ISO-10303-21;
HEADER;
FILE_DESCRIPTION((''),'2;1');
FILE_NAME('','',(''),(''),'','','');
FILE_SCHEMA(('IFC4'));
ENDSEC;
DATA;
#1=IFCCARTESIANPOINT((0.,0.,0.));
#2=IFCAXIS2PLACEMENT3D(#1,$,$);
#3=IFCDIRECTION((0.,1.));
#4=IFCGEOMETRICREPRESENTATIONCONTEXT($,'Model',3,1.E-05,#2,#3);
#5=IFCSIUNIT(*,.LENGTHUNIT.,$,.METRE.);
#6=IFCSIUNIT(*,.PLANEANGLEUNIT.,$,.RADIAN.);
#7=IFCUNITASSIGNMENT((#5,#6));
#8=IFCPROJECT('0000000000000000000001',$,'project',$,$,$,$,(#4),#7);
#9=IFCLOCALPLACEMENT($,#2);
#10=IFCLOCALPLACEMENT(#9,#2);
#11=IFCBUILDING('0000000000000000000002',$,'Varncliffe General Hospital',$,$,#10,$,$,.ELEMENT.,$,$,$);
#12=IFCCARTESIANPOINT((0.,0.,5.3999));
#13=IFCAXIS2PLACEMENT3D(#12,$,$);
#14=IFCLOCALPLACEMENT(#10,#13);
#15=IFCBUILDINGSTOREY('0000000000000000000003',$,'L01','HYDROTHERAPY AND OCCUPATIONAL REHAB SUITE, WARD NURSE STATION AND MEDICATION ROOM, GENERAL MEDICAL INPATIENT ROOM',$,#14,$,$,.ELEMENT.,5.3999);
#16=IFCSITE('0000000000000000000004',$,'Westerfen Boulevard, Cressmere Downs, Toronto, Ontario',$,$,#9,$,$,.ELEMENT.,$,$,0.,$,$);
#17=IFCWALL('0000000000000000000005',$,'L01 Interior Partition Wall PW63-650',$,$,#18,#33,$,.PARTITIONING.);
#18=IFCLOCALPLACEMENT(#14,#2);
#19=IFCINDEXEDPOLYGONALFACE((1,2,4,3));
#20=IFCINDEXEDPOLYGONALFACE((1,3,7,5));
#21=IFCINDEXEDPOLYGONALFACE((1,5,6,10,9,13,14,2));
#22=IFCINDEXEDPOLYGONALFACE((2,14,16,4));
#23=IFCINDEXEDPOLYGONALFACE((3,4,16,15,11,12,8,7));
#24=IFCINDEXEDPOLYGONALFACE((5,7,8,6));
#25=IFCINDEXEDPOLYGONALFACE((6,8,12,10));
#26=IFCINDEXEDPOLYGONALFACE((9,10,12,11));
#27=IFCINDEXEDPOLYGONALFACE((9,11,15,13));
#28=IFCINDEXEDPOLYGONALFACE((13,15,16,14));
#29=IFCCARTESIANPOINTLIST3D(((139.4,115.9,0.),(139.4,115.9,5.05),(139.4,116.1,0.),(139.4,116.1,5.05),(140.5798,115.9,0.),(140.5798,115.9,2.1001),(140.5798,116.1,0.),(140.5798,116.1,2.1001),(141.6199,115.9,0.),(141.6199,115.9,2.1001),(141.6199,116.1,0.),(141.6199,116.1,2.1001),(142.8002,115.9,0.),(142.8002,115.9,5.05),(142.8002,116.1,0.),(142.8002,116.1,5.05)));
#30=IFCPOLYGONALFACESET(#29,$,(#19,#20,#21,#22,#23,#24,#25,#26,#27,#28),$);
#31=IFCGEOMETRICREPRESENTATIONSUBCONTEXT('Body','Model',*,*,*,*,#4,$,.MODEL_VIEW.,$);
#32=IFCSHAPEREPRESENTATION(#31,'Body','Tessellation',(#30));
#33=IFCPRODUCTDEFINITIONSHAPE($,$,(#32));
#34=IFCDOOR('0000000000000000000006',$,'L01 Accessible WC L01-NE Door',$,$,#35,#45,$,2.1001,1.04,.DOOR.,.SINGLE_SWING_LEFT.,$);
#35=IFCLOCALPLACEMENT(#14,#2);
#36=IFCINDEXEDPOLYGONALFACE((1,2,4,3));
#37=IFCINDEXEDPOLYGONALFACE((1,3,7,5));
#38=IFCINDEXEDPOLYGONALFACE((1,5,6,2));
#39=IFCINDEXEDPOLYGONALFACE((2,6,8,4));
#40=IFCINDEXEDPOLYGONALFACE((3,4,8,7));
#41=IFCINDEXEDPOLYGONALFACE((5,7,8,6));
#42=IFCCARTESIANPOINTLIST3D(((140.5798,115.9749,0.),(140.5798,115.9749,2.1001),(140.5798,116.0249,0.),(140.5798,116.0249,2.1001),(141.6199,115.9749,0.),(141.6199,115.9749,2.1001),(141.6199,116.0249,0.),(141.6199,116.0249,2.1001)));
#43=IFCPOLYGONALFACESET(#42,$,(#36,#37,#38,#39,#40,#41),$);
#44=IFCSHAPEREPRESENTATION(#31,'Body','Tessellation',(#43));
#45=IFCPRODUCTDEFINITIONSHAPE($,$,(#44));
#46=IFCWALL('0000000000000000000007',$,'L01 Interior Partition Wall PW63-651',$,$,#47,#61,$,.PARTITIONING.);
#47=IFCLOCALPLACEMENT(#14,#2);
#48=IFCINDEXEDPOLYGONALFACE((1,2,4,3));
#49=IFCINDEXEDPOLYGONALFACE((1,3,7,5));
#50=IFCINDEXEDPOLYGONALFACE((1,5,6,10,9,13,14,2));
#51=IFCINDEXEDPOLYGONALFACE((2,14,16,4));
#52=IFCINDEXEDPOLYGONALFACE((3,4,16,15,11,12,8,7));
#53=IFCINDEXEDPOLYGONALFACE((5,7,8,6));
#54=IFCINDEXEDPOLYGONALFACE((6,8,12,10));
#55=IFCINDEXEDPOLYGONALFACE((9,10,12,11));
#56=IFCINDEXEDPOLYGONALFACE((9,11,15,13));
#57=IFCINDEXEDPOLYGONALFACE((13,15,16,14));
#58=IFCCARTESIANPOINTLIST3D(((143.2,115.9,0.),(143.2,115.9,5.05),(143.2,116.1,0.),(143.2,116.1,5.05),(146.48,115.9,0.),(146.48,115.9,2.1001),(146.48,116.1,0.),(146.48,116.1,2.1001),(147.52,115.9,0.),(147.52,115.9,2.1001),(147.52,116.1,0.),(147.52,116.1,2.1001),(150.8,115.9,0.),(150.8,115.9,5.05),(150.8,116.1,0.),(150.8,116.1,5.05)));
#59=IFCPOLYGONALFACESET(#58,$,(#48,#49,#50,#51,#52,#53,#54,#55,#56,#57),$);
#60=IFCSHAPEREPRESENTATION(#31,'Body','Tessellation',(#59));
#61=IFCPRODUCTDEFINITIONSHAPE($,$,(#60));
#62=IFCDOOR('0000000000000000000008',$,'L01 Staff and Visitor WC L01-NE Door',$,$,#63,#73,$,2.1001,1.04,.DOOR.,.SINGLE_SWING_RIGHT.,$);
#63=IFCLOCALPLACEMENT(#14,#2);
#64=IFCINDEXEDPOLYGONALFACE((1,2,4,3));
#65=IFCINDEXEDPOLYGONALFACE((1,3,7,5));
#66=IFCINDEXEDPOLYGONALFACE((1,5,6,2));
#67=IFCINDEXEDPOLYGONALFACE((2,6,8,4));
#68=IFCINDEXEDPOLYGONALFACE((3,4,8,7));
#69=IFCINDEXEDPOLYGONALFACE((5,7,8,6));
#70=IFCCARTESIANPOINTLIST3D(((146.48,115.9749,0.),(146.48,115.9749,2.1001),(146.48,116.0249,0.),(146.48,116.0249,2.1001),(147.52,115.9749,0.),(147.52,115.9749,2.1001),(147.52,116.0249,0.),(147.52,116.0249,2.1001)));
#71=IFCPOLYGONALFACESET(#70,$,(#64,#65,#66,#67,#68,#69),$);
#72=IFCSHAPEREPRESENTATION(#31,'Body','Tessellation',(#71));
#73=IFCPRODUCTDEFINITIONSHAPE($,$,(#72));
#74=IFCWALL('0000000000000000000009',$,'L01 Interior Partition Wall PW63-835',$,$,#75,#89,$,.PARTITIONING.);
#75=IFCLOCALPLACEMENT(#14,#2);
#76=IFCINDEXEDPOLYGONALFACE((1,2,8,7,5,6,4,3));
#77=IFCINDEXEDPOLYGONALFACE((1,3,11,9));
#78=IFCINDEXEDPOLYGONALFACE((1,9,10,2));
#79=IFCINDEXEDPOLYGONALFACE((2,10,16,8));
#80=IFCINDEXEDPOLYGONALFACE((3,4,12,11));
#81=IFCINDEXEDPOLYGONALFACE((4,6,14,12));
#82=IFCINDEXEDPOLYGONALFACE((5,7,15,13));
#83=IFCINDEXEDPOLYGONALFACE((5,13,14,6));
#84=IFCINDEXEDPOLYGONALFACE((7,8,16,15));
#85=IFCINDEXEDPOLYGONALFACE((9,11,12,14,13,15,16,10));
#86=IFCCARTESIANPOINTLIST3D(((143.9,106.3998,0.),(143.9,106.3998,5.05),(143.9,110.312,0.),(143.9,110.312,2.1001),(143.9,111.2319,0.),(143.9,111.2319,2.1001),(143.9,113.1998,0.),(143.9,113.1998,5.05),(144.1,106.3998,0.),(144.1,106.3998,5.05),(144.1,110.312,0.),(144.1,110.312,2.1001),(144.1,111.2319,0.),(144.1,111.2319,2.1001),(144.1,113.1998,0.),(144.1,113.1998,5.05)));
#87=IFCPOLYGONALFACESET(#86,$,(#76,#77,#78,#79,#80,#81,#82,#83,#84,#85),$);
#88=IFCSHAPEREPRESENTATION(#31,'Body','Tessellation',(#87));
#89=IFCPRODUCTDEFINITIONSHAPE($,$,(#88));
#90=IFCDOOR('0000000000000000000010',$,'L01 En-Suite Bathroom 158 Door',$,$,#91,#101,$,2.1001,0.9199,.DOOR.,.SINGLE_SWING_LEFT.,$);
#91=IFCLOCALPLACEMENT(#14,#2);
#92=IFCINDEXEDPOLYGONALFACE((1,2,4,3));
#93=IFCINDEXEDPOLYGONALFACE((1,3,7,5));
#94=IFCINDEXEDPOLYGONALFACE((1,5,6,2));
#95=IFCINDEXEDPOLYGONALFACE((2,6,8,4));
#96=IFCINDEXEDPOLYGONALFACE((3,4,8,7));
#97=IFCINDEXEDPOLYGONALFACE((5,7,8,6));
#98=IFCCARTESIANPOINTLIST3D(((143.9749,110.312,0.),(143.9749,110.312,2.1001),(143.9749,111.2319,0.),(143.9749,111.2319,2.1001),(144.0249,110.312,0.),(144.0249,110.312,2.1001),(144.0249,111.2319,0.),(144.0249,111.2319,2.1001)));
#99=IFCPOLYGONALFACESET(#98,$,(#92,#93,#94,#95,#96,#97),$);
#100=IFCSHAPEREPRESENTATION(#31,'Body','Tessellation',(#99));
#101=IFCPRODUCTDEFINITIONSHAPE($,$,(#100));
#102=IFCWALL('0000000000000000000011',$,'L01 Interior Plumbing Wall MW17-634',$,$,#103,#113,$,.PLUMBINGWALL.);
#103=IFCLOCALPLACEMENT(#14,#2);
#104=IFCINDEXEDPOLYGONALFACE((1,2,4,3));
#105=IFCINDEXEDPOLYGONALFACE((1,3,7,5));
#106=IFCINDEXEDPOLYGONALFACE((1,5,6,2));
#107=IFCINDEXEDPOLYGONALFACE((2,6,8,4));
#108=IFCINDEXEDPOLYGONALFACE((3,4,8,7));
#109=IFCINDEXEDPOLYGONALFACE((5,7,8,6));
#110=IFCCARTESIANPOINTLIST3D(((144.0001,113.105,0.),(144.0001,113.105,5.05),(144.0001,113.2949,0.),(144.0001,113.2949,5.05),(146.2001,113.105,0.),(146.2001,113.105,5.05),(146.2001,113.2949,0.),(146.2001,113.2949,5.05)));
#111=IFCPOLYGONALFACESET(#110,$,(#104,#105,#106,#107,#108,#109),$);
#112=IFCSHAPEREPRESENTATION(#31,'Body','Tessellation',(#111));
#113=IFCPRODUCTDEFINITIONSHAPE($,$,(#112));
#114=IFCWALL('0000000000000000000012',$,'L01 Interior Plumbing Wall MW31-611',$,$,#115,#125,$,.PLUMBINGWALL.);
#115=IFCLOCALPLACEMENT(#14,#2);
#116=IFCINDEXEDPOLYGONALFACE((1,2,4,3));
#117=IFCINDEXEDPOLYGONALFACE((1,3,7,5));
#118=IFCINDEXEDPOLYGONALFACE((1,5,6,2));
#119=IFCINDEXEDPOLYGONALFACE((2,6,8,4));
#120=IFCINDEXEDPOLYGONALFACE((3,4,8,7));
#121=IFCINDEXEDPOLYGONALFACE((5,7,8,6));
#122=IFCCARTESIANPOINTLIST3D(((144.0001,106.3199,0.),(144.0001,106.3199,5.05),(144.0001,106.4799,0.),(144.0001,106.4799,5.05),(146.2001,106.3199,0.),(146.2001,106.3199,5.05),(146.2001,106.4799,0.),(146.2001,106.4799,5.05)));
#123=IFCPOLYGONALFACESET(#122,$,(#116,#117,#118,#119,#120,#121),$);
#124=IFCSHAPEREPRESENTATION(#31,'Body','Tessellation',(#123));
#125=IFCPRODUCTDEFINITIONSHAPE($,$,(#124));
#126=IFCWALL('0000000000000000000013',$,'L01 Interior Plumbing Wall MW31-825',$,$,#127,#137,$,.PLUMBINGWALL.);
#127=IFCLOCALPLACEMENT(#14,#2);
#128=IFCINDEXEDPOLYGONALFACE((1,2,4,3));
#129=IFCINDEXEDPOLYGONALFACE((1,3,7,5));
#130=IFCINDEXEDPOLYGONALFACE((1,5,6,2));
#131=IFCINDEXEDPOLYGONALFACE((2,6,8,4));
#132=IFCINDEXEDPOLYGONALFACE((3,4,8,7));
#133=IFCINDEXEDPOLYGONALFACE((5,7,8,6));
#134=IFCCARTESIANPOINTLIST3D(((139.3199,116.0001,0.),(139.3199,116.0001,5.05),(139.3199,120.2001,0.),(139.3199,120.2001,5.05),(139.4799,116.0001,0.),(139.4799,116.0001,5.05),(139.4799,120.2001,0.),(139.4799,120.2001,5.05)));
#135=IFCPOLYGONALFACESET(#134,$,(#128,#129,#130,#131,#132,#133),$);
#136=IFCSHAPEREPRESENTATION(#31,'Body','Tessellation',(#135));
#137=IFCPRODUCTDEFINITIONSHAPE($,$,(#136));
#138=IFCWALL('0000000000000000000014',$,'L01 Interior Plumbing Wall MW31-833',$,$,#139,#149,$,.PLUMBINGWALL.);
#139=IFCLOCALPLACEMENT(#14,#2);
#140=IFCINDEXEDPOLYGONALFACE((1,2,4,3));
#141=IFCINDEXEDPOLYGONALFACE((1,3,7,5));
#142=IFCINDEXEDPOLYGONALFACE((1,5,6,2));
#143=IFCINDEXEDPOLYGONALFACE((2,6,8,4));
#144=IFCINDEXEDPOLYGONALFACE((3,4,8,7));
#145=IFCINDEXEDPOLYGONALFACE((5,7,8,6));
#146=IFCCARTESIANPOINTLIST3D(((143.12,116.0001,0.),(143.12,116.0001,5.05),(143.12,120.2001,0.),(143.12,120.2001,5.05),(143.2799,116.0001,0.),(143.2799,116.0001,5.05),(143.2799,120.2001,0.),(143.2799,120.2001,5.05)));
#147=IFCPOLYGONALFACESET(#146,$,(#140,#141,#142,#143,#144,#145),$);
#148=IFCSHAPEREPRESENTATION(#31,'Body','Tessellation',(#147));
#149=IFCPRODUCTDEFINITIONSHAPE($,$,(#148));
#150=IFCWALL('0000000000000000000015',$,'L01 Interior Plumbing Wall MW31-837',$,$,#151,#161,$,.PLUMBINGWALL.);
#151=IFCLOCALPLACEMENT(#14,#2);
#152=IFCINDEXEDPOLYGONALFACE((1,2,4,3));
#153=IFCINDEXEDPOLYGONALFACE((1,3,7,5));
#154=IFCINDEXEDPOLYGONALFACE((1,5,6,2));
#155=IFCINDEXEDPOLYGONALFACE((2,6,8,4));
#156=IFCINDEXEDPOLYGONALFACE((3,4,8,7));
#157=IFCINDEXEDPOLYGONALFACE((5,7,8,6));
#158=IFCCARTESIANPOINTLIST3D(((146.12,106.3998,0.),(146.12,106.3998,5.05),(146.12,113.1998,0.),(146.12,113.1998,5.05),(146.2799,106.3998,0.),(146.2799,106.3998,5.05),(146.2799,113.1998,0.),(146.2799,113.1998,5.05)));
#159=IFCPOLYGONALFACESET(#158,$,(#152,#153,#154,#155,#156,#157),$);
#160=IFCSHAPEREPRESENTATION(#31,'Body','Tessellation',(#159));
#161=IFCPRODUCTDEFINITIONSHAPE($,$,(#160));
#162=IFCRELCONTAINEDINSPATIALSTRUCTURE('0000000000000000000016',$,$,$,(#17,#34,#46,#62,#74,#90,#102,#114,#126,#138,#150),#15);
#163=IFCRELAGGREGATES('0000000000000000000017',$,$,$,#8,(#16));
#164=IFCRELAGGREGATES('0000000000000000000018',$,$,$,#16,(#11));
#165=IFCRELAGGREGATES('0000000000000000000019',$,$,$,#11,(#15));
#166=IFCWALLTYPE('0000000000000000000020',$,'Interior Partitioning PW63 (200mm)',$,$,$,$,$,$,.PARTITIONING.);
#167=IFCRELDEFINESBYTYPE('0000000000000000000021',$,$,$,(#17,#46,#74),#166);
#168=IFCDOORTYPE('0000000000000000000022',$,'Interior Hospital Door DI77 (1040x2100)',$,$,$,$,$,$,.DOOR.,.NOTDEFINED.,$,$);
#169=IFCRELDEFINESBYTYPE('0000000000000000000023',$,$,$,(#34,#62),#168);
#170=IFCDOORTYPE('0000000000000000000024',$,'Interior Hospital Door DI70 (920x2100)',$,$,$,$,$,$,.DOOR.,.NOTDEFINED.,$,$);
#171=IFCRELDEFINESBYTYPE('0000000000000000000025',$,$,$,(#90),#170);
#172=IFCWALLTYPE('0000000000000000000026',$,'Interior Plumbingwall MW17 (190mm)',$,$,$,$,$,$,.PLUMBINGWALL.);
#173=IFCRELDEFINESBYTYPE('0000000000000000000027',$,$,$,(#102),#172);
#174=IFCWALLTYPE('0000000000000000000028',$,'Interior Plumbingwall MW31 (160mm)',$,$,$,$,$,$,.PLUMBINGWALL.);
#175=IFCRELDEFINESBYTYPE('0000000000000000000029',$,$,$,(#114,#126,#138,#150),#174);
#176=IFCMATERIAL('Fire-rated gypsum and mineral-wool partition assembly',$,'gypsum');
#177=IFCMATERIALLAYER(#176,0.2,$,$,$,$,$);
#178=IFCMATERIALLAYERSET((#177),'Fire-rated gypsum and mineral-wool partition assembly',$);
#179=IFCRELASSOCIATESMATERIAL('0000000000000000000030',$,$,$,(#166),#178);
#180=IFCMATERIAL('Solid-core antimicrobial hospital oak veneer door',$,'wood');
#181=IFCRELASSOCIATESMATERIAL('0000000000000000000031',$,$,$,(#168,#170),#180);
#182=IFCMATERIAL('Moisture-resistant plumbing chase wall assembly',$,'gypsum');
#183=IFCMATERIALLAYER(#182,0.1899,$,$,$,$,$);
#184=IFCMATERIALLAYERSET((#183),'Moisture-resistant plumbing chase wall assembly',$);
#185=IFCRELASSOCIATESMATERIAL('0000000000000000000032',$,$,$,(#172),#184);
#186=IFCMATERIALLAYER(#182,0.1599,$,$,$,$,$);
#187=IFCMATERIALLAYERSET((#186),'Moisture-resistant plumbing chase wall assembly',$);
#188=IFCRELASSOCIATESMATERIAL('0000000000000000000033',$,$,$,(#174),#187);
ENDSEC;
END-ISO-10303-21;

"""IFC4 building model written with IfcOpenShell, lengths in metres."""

from ifc_helpers import new_model, si_unit, direction, frame, frame_2d, origin, place, context, subcontext, project, spatial, rectangle, extrude, material, layer, layer_set, type_object, element, fill, save


model = new_model("IFC4")

# Units and contexts
model_context = context("Model", 3, precision=1e-05, world=origin(), true_north=direction((0.0, 1.0)))
body_context = subcontext(model_context, "Body", "Model", "MODEL_VIEW")
ifc_project = project(units=[si_unit("LENGTHUNIT", "METRE"), si_unit("PLANEANGLEUNIT", "RADIAN")], contexts=[model_context])

# Site, building, storey
site_placement = place(None, origin())
site = spatial("IfcSite", under=ifc_project, at=site_placement, Name="Westerfen Boulevard, Cressmere Downs, Toronto, Ontario", CompositionType="ELEMENT", RefElevation=0.0)
building_placement = place(site_placement, origin())
building = spatial("IfcBuilding", under=site, at=building_placement, Name="Varncliffe General Hospital", CompositionType="ELEMENT")
storey_placement = place(building_placement, frame((0.0, 0.0, 5.3999)))
storey = spatial("IfcBuildingStorey", under=building, at=storey_placement, Name="L01", Description="HYDROTHERAPY AND OCCUPATIONAL REHAB SUITE, WARD NURSE STATION AND MEDICATION ROOM, GENERAL MEDICAL INPATIENT ROOM", CompositionType="ELEMENT", Elevation=5.3999)

# Walls, openings, doors
ifc_material_1 = material(Name="Fire-rated gypsum and mineral-wool partition assembly", Category="gypsum")
ifc_layer_1 = layer(ifc_material_1, 0.2)
ifc_layer_set_1 = layer_set([ifc_layer_1], Name="Fire-rated gypsum and mineral-wool partition assembly")
wall_type_1 = type_object("IfcWallType", Name="Interior Partitioning PW63 (200mm)", PredefinedType="PARTITIONING", material=ifc_layer_set_1)
wall_1_placement = place(storey_placement, frame((139.3999, 116.0, 0.0), z_axis=(0.0, 0.0, 1.0), x_axis=(1.0, 0.0, 0.0)))
wall_1 = element("IfcWall", 1, at=wall_1_placement, inside=storey, type_object=wall_type_1, Name="L01 Interior Partition Wall PW63-650", PredefinedType="PARTITIONING", context=body_context, shape_type="SweptSolid", body=[
    extrude(rectangle(XDim=3.4001, YDim=0.2, at=frame_2d((1.7002, 0.0))), origin(), (0.0, 0.0, 1.0), 5.05),
])
opening_1_placement = place(wall_1_placement, frame((1.1799, 0.0, 0.0)))
opening_1 = element("IfcOpeningElement", 2, at=opening_1_placement, cuts=wall_1, PredefinedType="OPENING", context=body_context, shape_type="SweptSolid", body=[
    extrude(rectangle(XDim=1.04, YDim=2.1001, at=frame_2d((0.52, 1.05))), frame((0.0, 0.1099, 0.0), z_axis=(0.0, -1.0, 0.0), x_axis=(1.0, 0.0, 0.0)), (0.0, 0.0, 1.0), 0.22),
])
ifc_material_2 = material(Name="Solid-core antimicrobial hospital oak veneer door", Category="wood")
door_type_1 = type_object("IfcDoorType", Name="Interior Hospital Door DI77 (1040x2100)", OperationType="NOTDEFINED", PredefinedType="DOOR", material=ifc_material_2)
door_1_placement = place(opening_1_placement, origin())
door_1 = element("IfcDoor", 3, at=door_1_placement, inside=storey, type_object=door_type_1, Name="L01 Accessible WC L01-NE Door", OperationType="SINGLE_SWING_LEFT", OverallHeight=2.1001, OverallWidth=1.04, PredefinedType="DOOR", context=body_context, shape_type="SweptSolid", body=[
    extrude(rectangle(XDim=1.04, YDim=2.1001, at=frame_2d((0.52, 1.05))), frame((0.0, 0.0249, 0.0), z_axis=(0.0, -1.0, 0.0), x_axis=(1.0, 0.0, 0.0)), (0.0, 0.0, 1.0), 0.05),
])
fill(opening_1, door_1)
wall_2_placement = place(storey_placement, frame((143.2, 116.0, 0.0), z_axis=(0.0, 0.0, 1.0), x_axis=(1.0, 0.0, 0.0)))
wall_2 = element("IfcWall", 4, at=wall_2_placement, inside=storey, type_object=wall_type_1, Name="L01 Interior Partition Wall PW63-651", PredefinedType="PARTITIONING", context=body_context, shape_type="SweptSolid", body=[
    extrude(rectangle(XDim=7.6001, YDim=0.2, at=frame_2d((3.8, 0.0))), origin(), (0.0, 0.0, 1.0), 5.05),
])
opening_2_placement = place(wall_2_placement, frame((3.28, 0.0, 0.0)))
opening_2 = element("IfcOpeningElement", 5, at=opening_2_placement, cuts=wall_2, PredefinedType="OPENING", context=body_context, shape_type="SweptSolid", body=[
    extrude(rectangle(XDim=1.04, YDim=2.1001, at=frame_2d((0.52, 1.05))), frame((0.0, 0.1099, 0.0), z_axis=(0.0, -1.0, 0.0), x_axis=(1.0, 0.0, 0.0)), (0.0, 0.0, 1.0), 0.22),
])
door_2_placement = place(opening_2_placement, origin())
door_2 = element("IfcDoor", 6, at=door_2_placement, inside=storey, type_object=door_type_1, Name="L01 Staff and Visitor WC L01-NE Door", OperationType="SINGLE_SWING_RIGHT", OverallHeight=2.1001, OverallWidth=1.04, PredefinedType="DOOR", context=body_context, shape_type="SweptSolid", body=[
    extrude(rectangle(XDim=1.04, YDim=2.1001, at=frame_2d((0.52, 1.05))), frame((0.0, 0.0249, 0.0), z_axis=(0.0, -1.0, 0.0), x_axis=(1.0, 0.0, 0.0)), (0.0, 0.0, 1.0), 0.05),
])
fill(opening_2, door_2)
wall_3_placement = place(storey_placement, frame((144.0, 106.3999, 0.0), z_axis=(0.0, 0.0, 1.0), x_axis=(0.0, 1.0, 0.0)))
wall_3 = element("IfcWall", 7, at=wall_3_placement, inside=storey, type_object=wall_type_1, Name="L01 Interior Partition Wall PW63-835", PredefinedType="PARTITIONING", context=body_context, shape_type="SweptSolid", body=[
    extrude(rectangle(XDim=6.8, YDim=0.2, at=frame_2d((3.3999, 0.0))), origin(), (0.0, 0.0, 1.0), 5.05),
])
opening_3_placement = place(wall_3_placement, frame((3.9121, 0.0, 0.0)))
opening_3 = element("IfcOpeningElement", 8, at=opening_3_placement, cuts=wall_3, PredefinedType="OPENING", context=body_context, shape_type="SweptSolid", body=[
    extrude(rectangle(XDim=0.9199, YDim=2.1001, at=frame_2d((0.46, 1.05))), frame((0.0, 0.1099, 0.0), z_axis=(0.0, -1.0, 0.0), x_axis=(1.0, 0.0, 0.0)), (0.0, 0.0, 1.0), 0.22),
])
door_type_2 = type_object("IfcDoorType", Name="Interior Hospital Door DI70 (920x2100)", OperationType="NOTDEFINED", PredefinedType="DOOR", material=ifc_material_2)
door_3_placement = place(opening_3_placement, frame((0.9199, 0.0, 0.0), z_axis=(0.0, 0.0, 1.0), x_axis=(-1.0, 0.0, 0.0)))
door_3 = element("IfcDoor", 9, at=door_3_placement, inside=storey, type_object=door_type_2, Name="L01 En-Suite Bathroom 158 Door", OperationType="SINGLE_SWING_LEFT", OverallHeight=2.1001, OverallWidth=0.9199, PredefinedType="DOOR", context=body_context, shape_type="SweptSolid", body=[
    extrude(rectangle(XDim=0.9199, YDim=2.1001, at=frame_2d((0.46, 1.05))), frame((0.0, 0.0249, 0.0), z_axis=(0.0, -1.0, 0.0), x_axis=(1.0, 0.0, 0.0)), (0.0, 0.0, 1.0), 0.05),
])
fill(opening_3, door_3)

# Walls
ifc_material_3 = material(Name="Moisture-resistant plumbing chase wall assembly", Category="gypsum")
ifc_layer_2 = layer(ifc_material_3, 0.1899)
ifc_layer_set_2 = layer_set([ifc_layer_2], Name="Moisture-resistant plumbing chase wall assembly")
wall_type_2 = type_object("IfcWallType", Name="Interior Plumbingwall MW17 (190mm)", PredefinedType="PLUMBINGWALL", material=ifc_layer_set_2)
wall_4_placement = place(storey_placement, frame((144.0, 113.2, 0.0), z_axis=(0.0, 0.0, 1.0), x_axis=(1.0, 0.0, 0.0)))
element("IfcWall", 10, at=wall_4_placement, inside=storey, type_object=wall_type_2, Name="L01 Interior Plumbing Wall MW17-634", PredefinedType="PLUMBINGWALL", context=body_context, shape_type="SweptSolid", body=[
    extrude(rectangle(XDim=2.2, YDim=0.1899, at=frame_2d((1.1001, 0.0))), origin(), (0.0, 0.0, 1.0), 5.05),
])
ifc_layer_3 = layer(ifc_material_3, 0.1599)
ifc_layer_set_3 = layer_set([ifc_layer_3], Name="Moisture-resistant plumbing chase wall assembly")
wall_type_3 = type_object("IfcWallType", Name="Interior Plumbingwall MW31 (160mm)", PredefinedType="PLUMBINGWALL", material=ifc_layer_set_3)
wall_5_placement = place(storey_placement, frame((144.0, 106.3999, 0.0), z_axis=(0.0, 0.0, 1.0), x_axis=(1.0, 0.0, 0.0)))
element("IfcWall", 11, at=wall_5_placement, inside=storey, type_object=wall_type_3, Name="L01 Interior Plumbing Wall MW31-611", PredefinedType="PLUMBINGWALL", context=body_context, shape_type="SweptSolid", body=[
    extrude(rectangle(XDim=2.2, YDim=0.1599, at=frame_2d((1.1001, 0.0))), origin(), (0.0, 0.0, 1.0), 5.05),
])
for number, where, z_axis, x_axis, name in (
    (12, (139.3999, 116.0, 0.0), (0.0, 0.0, 1.0), (0.0, 1.0, 0.0), "L01 Interior Plumbing Wall MW31-825"),
    (13, (143.2, 116.0, 0.0), (0.0, 0.0, 1.0), (0.0, 1.0, 0.0), "L01 Interior Plumbing Wall MW31-833"),
):
    element("IfcWall", number, at=place(storey_placement, frame(where, z_axis=z_axis, x_axis=x_axis)), inside=storey, type_object=wall_type_3, Name=name, PredefinedType="PLUMBINGWALL", context=body_context, shape_type="SweptSolid", body=[
        extrude(rectangle(XDim=4.2, YDim=0.1599, at=frame_2d((2.1001, 0.0))), origin(), (0.0, 0.0, 1.0), 5.05),
    ])
wall_6_placement = place(storey_placement, frame((146.2, 106.3999, 0.0), z_axis=(0.0, 0.0, 1.0), x_axis=(0.0, 1.0, 0.0)))
element("IfcWall", 14, at=wall_6_placement, inside=storey, type_object=wall_type_3, Name="L01 Interior Plumbing Wall MW31-837", PredefinedType="PLUMBINGWALL", context=body_context, shape_type="SweptSolid", body=[
    extrude(rectangle(XDim=6.8, YDim=0.1599, at=frame_2d((3.3999, 0.0))), origin(), (0.0, 0.0, 1.0), 5.05),
])

save(model, "model.ifc")
